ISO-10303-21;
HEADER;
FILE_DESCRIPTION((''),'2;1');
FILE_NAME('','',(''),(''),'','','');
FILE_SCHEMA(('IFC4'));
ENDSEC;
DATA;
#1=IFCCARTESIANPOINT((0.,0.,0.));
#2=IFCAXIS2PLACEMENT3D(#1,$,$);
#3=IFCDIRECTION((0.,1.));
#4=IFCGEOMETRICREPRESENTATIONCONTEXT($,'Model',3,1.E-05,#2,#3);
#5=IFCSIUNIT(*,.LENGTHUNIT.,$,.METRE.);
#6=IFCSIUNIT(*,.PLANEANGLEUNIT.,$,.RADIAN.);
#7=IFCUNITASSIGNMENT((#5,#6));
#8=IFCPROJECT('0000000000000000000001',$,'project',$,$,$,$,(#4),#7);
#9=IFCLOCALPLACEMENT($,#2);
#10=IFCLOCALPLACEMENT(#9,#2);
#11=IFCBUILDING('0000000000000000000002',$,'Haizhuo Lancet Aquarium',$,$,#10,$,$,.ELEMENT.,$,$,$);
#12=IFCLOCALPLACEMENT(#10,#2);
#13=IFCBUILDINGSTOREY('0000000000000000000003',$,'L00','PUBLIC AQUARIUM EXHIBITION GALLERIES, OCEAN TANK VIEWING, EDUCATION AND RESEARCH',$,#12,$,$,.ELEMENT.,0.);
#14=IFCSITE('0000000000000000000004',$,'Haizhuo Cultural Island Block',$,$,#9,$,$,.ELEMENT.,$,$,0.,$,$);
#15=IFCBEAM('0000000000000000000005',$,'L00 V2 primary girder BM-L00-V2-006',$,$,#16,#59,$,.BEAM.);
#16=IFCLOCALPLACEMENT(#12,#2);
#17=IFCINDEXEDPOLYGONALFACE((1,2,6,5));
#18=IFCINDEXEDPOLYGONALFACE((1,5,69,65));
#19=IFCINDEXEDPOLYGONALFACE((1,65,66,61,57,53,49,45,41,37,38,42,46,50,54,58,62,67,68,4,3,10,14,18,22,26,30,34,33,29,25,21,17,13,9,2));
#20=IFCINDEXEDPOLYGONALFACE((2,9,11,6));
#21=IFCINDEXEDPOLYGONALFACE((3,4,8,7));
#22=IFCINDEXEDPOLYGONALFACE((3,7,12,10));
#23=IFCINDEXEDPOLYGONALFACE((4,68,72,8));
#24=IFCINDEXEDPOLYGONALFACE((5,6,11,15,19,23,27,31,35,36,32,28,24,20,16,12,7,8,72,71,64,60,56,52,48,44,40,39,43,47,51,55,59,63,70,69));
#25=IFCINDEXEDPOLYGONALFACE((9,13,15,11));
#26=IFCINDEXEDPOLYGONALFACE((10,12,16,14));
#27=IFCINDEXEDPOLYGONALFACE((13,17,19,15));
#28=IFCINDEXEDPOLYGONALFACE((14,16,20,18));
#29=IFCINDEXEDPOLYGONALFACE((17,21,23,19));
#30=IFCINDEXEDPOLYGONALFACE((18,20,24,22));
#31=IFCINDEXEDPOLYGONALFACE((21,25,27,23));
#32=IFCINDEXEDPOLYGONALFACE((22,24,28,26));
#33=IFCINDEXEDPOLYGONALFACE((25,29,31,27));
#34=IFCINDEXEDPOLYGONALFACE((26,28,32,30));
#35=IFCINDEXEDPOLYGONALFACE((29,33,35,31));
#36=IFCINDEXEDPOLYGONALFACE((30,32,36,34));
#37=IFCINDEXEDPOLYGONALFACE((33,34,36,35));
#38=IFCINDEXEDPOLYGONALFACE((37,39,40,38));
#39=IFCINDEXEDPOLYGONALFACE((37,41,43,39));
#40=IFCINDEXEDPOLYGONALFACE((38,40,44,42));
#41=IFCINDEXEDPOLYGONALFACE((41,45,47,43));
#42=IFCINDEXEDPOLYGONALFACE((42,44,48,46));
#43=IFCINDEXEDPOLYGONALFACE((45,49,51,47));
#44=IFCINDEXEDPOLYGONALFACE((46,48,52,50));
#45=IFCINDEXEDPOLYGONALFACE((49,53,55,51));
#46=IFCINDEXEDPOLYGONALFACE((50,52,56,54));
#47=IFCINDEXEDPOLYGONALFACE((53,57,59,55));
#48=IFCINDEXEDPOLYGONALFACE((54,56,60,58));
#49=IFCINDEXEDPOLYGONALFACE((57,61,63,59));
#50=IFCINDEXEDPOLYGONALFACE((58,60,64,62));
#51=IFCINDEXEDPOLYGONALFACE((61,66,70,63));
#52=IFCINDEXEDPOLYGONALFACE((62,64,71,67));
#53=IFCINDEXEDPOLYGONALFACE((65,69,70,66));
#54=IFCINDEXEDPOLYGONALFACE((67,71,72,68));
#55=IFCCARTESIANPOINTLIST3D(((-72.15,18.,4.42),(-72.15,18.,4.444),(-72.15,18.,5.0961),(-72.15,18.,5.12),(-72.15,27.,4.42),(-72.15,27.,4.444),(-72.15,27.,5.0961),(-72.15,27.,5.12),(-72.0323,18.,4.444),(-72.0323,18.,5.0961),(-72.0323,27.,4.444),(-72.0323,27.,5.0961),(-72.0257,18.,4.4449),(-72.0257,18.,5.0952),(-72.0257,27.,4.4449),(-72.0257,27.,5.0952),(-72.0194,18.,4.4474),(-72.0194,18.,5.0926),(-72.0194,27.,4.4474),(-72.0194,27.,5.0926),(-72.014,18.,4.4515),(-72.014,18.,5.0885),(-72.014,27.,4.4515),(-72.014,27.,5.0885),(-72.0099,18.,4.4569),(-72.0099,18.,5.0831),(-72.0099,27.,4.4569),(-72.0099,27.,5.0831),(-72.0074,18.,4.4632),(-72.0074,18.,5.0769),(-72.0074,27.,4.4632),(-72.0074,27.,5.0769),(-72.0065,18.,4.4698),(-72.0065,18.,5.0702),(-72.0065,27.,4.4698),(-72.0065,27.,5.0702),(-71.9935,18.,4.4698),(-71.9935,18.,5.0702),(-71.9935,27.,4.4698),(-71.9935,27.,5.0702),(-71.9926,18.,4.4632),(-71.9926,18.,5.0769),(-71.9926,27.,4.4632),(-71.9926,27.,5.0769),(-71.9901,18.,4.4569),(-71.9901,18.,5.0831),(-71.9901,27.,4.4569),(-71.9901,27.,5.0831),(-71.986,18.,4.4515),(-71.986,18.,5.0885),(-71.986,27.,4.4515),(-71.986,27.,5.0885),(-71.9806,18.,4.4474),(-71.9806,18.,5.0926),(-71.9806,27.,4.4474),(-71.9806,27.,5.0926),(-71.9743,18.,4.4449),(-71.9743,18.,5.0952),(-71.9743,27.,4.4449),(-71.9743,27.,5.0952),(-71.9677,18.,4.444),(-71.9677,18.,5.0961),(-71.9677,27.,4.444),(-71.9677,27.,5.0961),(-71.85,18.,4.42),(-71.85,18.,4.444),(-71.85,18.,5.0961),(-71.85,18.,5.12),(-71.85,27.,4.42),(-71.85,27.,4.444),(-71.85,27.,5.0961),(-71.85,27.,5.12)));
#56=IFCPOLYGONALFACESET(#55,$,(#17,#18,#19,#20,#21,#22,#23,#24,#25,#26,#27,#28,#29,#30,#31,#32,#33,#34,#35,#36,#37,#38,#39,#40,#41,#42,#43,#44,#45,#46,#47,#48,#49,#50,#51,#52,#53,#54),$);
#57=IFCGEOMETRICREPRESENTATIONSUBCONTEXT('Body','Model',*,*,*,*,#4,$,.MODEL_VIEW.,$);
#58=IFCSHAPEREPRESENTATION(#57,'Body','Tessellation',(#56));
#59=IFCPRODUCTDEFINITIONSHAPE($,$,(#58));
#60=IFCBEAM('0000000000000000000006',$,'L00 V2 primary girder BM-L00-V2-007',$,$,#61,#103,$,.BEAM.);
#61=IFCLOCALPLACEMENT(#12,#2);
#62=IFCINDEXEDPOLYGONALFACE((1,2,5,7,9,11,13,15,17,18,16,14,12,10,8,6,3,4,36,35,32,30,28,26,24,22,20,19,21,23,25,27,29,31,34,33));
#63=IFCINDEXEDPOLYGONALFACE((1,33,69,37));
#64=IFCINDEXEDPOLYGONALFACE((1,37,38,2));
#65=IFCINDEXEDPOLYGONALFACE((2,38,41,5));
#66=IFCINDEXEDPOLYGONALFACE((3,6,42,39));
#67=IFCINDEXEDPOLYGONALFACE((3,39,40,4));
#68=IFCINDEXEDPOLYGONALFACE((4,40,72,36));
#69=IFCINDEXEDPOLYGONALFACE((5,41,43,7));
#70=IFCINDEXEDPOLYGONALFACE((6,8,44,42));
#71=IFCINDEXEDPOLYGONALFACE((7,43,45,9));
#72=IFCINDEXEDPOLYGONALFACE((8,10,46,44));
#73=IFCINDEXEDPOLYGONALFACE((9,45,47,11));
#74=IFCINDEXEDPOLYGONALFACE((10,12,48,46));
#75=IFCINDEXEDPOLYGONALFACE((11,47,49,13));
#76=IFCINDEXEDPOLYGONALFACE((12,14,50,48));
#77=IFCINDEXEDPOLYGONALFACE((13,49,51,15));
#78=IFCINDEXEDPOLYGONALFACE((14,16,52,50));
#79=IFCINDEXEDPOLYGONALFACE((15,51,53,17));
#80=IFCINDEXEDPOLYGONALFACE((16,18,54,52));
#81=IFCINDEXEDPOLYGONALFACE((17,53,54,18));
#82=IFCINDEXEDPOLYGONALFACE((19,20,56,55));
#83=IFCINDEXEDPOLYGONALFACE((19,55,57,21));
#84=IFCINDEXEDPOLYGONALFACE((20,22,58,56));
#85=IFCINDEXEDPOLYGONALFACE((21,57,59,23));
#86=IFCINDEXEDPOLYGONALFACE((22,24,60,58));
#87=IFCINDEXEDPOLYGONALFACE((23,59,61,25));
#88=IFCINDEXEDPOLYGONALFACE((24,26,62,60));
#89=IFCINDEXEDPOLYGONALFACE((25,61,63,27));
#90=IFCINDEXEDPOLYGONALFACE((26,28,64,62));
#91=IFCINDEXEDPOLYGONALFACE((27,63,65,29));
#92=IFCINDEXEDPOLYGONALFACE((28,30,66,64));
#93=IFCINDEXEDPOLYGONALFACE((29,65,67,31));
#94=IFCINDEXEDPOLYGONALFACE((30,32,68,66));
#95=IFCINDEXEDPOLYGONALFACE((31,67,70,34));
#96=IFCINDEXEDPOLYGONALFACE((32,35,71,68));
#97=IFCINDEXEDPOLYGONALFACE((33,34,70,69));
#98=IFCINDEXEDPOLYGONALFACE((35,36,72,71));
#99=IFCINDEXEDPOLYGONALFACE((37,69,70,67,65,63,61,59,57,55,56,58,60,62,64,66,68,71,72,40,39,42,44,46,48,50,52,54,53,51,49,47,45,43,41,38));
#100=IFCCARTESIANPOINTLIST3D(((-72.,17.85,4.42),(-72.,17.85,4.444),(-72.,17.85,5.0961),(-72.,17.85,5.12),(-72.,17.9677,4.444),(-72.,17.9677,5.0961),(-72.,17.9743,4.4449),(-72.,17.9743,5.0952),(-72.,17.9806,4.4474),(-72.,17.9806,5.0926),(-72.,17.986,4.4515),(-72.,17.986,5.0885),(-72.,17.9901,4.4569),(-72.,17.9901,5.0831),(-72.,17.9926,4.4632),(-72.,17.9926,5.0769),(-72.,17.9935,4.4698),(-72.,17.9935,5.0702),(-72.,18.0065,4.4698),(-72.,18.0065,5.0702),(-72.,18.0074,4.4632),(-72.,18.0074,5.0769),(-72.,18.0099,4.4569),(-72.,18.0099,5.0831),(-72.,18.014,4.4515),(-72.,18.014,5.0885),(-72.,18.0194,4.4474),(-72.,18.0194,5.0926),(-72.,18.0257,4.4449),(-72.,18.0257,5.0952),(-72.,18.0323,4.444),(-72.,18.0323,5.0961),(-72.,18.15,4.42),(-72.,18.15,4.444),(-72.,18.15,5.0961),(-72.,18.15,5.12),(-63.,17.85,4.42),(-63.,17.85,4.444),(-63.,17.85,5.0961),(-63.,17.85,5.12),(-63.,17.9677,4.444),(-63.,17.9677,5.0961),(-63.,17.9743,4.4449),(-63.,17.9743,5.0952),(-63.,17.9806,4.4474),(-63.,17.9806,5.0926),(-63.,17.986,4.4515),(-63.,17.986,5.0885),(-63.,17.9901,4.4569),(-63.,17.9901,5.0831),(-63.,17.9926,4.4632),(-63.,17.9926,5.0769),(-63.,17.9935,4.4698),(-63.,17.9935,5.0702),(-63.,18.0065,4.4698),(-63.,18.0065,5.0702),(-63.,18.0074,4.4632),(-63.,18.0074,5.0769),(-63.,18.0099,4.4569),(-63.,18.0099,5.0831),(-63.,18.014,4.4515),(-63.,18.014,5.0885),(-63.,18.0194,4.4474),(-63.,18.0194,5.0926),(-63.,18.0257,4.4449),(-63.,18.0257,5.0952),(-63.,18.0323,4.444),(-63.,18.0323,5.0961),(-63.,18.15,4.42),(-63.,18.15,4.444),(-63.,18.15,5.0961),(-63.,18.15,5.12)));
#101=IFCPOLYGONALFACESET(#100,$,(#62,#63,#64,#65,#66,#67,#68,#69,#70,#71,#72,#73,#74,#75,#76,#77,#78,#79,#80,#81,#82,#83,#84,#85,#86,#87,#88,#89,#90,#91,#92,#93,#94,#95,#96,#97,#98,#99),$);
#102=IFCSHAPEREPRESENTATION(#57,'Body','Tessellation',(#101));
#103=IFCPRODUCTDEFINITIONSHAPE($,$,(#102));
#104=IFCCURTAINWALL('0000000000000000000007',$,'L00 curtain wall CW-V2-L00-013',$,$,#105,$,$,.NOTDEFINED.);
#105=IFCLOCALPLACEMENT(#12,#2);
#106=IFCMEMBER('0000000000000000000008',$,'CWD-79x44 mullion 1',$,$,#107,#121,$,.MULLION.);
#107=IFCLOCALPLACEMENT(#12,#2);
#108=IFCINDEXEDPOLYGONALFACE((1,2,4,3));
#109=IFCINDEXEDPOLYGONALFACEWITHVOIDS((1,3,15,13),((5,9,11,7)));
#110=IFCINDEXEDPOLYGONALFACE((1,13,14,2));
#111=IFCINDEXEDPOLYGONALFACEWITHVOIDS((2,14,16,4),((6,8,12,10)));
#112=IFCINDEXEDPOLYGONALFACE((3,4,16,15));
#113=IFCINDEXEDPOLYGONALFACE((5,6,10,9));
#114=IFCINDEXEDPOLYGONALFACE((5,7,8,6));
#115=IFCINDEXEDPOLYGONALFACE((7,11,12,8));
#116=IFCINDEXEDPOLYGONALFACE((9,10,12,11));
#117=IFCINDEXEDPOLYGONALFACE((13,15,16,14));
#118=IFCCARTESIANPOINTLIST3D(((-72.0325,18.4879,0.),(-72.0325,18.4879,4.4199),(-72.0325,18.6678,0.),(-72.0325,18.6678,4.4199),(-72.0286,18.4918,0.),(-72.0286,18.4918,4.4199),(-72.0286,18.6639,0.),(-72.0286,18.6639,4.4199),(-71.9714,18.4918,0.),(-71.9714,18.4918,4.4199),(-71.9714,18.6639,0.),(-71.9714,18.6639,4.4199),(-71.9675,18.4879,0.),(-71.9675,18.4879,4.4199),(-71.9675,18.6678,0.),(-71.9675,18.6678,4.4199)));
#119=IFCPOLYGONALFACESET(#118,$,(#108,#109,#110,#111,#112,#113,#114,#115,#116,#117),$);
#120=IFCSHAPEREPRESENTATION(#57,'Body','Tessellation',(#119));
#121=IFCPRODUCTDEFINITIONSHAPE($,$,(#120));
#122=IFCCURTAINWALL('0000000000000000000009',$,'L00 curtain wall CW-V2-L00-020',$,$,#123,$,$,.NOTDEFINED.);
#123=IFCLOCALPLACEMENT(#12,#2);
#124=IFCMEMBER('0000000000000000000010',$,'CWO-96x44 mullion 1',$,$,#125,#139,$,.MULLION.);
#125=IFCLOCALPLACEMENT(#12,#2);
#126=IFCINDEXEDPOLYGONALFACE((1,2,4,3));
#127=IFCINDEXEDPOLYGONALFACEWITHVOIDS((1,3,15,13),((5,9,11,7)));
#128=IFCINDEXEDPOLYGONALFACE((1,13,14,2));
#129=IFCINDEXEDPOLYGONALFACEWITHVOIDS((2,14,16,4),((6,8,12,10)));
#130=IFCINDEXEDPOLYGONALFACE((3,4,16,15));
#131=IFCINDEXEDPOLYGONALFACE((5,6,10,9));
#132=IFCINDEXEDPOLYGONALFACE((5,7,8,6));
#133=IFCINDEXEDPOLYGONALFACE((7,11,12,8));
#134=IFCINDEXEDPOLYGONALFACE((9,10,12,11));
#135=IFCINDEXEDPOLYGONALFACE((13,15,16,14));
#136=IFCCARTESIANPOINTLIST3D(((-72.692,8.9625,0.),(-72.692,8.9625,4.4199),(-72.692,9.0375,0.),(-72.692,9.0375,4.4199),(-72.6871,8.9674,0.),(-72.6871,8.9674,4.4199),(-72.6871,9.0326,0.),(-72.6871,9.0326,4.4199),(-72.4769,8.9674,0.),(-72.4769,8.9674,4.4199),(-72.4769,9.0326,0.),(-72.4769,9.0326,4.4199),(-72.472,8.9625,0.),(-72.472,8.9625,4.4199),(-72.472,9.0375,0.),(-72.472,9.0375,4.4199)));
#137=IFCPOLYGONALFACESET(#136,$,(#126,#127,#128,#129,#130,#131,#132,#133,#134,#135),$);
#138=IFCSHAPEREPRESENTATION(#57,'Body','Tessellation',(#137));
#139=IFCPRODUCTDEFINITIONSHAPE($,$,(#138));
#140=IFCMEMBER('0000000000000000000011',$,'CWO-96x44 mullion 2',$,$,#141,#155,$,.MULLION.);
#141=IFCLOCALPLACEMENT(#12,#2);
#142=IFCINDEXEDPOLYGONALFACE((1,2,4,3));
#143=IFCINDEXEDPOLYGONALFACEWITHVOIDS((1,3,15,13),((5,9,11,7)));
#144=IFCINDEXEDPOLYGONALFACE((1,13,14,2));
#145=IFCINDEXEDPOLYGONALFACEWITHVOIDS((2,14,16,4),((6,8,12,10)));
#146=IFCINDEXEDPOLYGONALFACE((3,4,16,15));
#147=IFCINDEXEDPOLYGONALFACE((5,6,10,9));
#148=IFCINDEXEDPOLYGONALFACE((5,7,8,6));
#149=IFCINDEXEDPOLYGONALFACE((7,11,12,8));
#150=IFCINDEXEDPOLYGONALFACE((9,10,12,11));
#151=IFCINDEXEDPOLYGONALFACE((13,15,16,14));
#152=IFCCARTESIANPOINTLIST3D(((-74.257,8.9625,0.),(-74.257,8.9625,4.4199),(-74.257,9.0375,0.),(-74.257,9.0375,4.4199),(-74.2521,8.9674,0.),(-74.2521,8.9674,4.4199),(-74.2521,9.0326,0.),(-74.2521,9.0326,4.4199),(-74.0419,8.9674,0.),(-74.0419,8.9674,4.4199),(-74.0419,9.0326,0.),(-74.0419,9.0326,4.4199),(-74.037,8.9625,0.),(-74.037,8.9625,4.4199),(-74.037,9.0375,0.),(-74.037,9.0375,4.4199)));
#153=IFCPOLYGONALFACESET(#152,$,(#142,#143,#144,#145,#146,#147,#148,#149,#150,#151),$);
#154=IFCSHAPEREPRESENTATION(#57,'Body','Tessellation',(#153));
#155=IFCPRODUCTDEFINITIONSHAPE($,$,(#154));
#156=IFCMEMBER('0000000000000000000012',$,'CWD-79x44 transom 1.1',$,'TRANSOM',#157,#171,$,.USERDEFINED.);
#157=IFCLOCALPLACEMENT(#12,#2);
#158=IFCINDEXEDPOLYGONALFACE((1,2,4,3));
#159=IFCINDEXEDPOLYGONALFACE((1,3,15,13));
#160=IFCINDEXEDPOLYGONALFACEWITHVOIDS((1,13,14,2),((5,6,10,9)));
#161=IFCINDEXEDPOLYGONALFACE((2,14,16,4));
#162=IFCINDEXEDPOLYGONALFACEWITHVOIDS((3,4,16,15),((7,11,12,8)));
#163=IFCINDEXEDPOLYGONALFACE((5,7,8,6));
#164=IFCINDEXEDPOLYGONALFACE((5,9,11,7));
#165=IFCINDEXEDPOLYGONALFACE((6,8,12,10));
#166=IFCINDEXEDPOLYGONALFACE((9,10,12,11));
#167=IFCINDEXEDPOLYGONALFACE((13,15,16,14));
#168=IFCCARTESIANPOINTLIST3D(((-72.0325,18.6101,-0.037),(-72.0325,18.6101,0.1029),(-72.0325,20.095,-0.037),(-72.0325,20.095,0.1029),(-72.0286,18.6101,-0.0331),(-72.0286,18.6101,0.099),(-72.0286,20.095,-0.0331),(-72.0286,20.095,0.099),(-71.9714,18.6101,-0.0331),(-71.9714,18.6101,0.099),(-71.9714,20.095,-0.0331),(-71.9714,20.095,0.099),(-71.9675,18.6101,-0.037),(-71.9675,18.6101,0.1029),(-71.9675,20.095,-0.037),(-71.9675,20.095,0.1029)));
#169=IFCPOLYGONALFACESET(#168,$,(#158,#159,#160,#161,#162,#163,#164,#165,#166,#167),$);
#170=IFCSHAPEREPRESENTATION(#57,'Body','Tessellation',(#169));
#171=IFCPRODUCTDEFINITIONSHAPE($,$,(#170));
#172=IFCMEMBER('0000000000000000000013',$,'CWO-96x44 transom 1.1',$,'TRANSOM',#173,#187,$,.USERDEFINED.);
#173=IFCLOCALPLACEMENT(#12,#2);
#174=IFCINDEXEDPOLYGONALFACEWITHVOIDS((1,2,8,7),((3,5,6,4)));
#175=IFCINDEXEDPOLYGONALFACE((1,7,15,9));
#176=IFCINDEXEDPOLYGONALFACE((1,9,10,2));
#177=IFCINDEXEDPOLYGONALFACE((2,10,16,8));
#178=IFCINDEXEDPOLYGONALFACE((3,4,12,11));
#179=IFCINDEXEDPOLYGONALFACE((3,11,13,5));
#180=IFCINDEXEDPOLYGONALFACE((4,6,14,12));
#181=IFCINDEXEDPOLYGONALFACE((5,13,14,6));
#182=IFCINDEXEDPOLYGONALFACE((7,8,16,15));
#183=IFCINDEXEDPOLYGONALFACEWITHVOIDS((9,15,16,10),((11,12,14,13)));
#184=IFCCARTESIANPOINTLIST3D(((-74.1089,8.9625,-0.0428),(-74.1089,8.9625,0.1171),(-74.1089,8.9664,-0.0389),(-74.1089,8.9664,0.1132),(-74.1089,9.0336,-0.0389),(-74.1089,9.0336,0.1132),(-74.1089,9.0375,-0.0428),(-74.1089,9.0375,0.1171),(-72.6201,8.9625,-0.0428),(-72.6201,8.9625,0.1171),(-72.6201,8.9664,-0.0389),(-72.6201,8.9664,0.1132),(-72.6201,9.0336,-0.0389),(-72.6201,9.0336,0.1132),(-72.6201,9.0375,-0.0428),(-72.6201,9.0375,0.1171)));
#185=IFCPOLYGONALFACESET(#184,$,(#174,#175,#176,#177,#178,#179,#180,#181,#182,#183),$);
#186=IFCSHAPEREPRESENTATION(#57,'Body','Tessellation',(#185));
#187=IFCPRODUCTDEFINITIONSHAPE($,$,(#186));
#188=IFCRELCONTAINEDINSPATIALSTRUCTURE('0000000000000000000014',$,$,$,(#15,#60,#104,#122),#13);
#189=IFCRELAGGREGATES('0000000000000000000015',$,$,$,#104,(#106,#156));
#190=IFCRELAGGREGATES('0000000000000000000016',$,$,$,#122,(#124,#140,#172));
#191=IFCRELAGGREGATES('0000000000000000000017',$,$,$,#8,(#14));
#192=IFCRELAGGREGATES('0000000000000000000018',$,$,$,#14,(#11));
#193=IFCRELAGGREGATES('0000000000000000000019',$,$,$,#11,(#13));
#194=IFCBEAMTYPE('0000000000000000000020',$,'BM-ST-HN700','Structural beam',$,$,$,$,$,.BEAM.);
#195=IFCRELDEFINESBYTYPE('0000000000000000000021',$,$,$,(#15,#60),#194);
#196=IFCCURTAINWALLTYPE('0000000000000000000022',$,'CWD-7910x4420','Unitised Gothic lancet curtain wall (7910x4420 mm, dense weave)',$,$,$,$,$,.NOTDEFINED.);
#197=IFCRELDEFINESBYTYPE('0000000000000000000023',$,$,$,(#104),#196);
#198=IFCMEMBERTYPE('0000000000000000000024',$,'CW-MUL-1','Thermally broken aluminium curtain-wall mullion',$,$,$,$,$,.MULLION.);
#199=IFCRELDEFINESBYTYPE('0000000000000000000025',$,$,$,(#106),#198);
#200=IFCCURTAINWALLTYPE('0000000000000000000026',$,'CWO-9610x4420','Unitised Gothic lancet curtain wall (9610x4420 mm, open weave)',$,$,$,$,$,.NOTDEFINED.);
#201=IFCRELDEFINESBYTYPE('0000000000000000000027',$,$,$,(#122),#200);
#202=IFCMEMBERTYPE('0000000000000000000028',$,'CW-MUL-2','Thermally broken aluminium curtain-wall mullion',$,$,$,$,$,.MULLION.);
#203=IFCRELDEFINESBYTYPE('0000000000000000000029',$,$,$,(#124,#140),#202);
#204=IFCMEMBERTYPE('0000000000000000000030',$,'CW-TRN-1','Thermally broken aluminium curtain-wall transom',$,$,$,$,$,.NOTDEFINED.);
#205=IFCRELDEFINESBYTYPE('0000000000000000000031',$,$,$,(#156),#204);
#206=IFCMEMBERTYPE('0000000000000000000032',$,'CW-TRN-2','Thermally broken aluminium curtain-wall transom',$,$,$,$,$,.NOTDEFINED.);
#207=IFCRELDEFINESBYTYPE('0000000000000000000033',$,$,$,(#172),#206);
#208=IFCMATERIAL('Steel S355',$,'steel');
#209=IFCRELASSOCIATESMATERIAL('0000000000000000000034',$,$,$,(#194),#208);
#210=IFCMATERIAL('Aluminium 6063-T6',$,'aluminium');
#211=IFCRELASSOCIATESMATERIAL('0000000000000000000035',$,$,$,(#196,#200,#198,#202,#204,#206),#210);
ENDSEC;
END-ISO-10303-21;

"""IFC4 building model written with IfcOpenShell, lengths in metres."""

from ifc_helpers import new_model, si_unit, direction, frame, origin, origin_2d, place, context, subcontext, project, spatial, hollow_rectangle, i_section, extrude, material, material_profile, profile_set, type_object, element, aggregate, save


model = new_model("IFC4")

# Units and contexts
model_context = context("Model", 3, precision=1e-05, world=origin(), true_north=direction((0.0, 1.0)))
body_context = subcontext(model_context, "Body", "Model", "MODEL_VIEW")
ifc_project = project(units=[si_unit("LENGTHUNIT", "METRE"), si_unit("PLANEANGLEUNIT", "RADIAN")], contexts=[model_context])

# Site, building, storey
site_placement = place(None, origin())
site = spatial("IfcSite", under=ifc_project, at=site_placement, Name="Haizhuo Cultural Island Block", CompositionType="ELEMENT", RefElevation=0.0)
building_placement = place(site_placement, origin())
building = spatial("IfcBuilding", under=site, at=building_placement, Name="Haizhuo Lancet Aquarium", CompositionType="ELEMENT")
storey_placement = place(building_placement, origin())
storey = spatial("IfcBuildingStorey", under=building, at=storey_placement, Name="L00", Description="PUBLIC AQUARIUM EXHIBITION GALLERIES, OCEAN TANK VIEWING, EDUCATION AND RESEARCH", CompositionType="ELEMENT", Elevation=0.0)

# Beams
ifc_material_1 = material(Name="Steel S355", Category="steel")
ifc_material_profile_1 = material_profile(ifc_material_1, i_section(OverallWidth=0.3, OverallDepth=0.7, WebThickness=0.0129, FlangeThickness=0.0239, FilletRadius=0.0259, at=origin_2d()), Name="HN 700x300x13x24")
ifc_profile_set_1 = profile_set([ifc_material_profile_1], Name="Steel S355")
beam_type_1 = type_object("IfcBeamType", Name="BM-ST-HN700", Description="Structural beam", PredefinedType="BEAM", material=ifc_profile_set_1)
for number, where, z_axis, x_axis, name in (
    (1, (-72.0, 18.0, 4.77), (0.0, 1.0, 0.0), (-1.0, 0.0, 0.0), "L00 V2 primary girder BM-L00-V2-006"),
    (2, (-72.0, 18.0, 4.77), (1.0, 0.0, 0.0), (0.0, 1.0, 0.0), "L00 V2 primary girder BM-L00-V2-007"),
):
    element("IfcBeam", number, at=place(storey_placement, frame(where, z_axis=z_axis, x_axis=x_axis)), inside=storey, type_object=beam_type_1, Name=name, PredefinedType="BEAM", context=body_context, shape_type="SweptSolid", body=[
        extrude(i_section(OverallWidth=0.3, OverallDepth=0.7, WebThickness=0.0129, FlangeThickness=0.0239, FilletRadius=0.0259, at=origin_2d()), origin(), (0.0, 0.0, 1.0), 9.0),
    ])

# Curtain wall, member
ifc_material_2 = material(Name="Aluminium 6063-T6", Category="aluminium")
curtain_wall_type_1 = type_object("IfcCurtainWallType", Name="CWD-7910x4420", Description="Unitised Gothic lancet curtain wall (7910x4420 mm, dense weave)", PredefinedType="NOTDEFINED", material=ifc_material_2)
curtain_wall_1_placement = place(storey_placement, origin())
curtain_wall_1 = element("IfcCurtainWall", 3, at=curtain_wall_1_placement, inside=storey, type_object=curtain_wall_type_1, Name="L00 curtain wall CW-V2-L00-013", PredefinedType="NOTDEFINED")
ifc_material_profile_2 = material_profile(ifc_material_2, hollow_rectangle(XDim=0.0649, YDim=0.1799, WallThickness=0.0039, at=origin_2d()), Name="ALU-M 65x180x4")
ifc_profile_set_2 = profile_set([ifc_material_profile_2], Name="Aluminium 6063-T6")
member_type_1 = type_object("IfcMemberType", Name="CW-MUL-1", Description="Thermally broken aluminium curtain-wall mullion", PredefinedType="MULLION", material=ifc_profile_set_2)
member_1_placement = place(storey_placement, frame((-72.0, 18.5779, 0.0), z_axis=(0.0, 0.0, 1.0), x_axis=(-1.0, 0.0, 0.0)))
member_1 = element("IfcMember", 4, at=member_1_placement, type_object=member_type_1, Name="CWD-79x44 mullion 1", PredefinedType="MULLION", context=body_context, shape_type="SweptSolid", body=[
    extrude(hollow_rectangle(XDim=0.0649, YDim=0.1799, WallThickness=0.0039, at=origin_2d()), origin(), (0.0, 0.0, 1.0), 4.4199),
])

# Curtain wall, members
curtain_wall_type_2 = type_object("IfcCurtainWallType", Name="CWO-9610x4420", Description="Unitised Gothic lancet curtain wall (9610x4420 mm, open weave)", PredefinedType="NOTDEFINED", material=ifc_material_2)
curtain_wall_2_placement = place(storey_placement, origin())
curtain_wall_2 = element("IfcCurtainWall", 5, at=curtain_wall_2_placement, inside=storey, type_object=curtain_wall_type_2, Name="L00 curtain wall CW-V2-L00-020", PredefinedType="NOTDEFINED")
ifc_material_profile_3 = material_profile(ifc_material_2, hollow_rectangle(XDim=0.075, YDim=0.22, WallThickness=0.0049, at=origin_2d()), Name="ALU-M 75x220x5")
ifc_profile_set_3 = profile_set([ifc_material_profile_3], Name="Aluminium 6063-T6")
member_type_2 = type_object("IfcMemberType", Name="CW-MUL-2", Description="Thermally broken aluminium curtain-wall mullion", PredefinedType="MULLION", material=ifc_profile_set_3)
member_2_placement = place(storey_placement, frame((-72.582, 9.0, 0.0), z_axis=(0.0, 0.0, 1.0), x_axis=(0.0, -1.0, 0.0)))
member_2 = element("IfcMember", 6, at=member_2_placement, type_object=member_type_2, Name="CWO-96x44 mullion 1", PredefinedType="MULLION", context=body_context, shape_type="SweptSolid", body=[
    extrude(hollow_rectangle(XDim=0.075, YDim=0.22, WallThickness=0.0049, at=origin_2d()), origin(), (0.0, 0.0, 1.0), 4.4199),
])
member_3_placement = place(storey_placement, frame((-74.147, 9.0, 0.0), z_axis=(0.0, 0.0, 1.0), x_axis=(0.0, -1.0, 0.0)))
member_3 = element("IfcMember", 7, at=member_3_placement, type_object=member_type_2, Name="CWO-96x44 mullion 2", PredefinedType="MULLION", context=body_context, shape_type="SweptSolid", body=[
    extrude(hollow_rectangle(XDim=0.075, YDim=0.22, WallThickness=0.0049, at=origin_2d()), origin(), (0.0, 0.0, 1.0), 4.4199),
])

# Members
ifc_material_profile_4 = material_profile(ifc_material_2, hollow_rectangle(XDim=0.0649, YDim=0.1399, WallThickness=0.0039, at=origin_2d()), Name="ALU-T 65x140x4")
ifc_profile_set_4 = profile_set([ifc_material_profile_4], Name="Aluminium 6063-T6")
member_type_3 = type_object("IfcMemberType", Name="CW-TRN-1", Description="Thermally broken aluminium curtain-wall transom", PredefinedType="NOTDEFINED", material=ifc_profile_set_4)
member_4_placement = place(storey_placement, frame((-72.0, 18.6101, 0.033), z_axis=(0.0, 1.0, 0.0), x_axis=(-1.0, 0.0, 0.0)))
member_4 = element("IfcMember", 8, at=member_4_placement, type_object=member_type_3, Name="CWD-79x44 transom 1.1", ObjectType="TRANSOM", PredefinedType="USERDEFINED", context=body_context, shape_type="SweptSolid", body=[
    extrude(hollow_rectangle(XDim=0.0649, YDim=0.1399, WallThickness=0.0039, at=origin_2d()), origin(), (0.0, 0.0, 1.0), 1.4849),
])
aggregate(curtain_wall_1, [member_1, member_4])
ifc_material_profile_5 = material_profile(ifc_material_2, hollow_rectangle(XDim=0.075, YDim=0.1599, WallThickness=0.0039, at=origin_2d()), Name="ALU-T 75x160x4")
ifc_profile_set_5 = profile_set([ifc_material_profile_5], Name="Aluminium 6063-T6")
member_type_4 = type_object("IfcMemberType", Name="CW-TRN-2", Description="Thermally broken aluminium curtain-wall transom", PredefinedType="NOTDEFINED", material=ifc_profile_set_5)
member_5_placement = place(storey_placement, frame((-72.6201, 9.0, 0.0371), z_axis=(-1.0, 0.0, 0.0), x_axis=(0.0, -1.0, 0.0)))
member_5 = element("IfcMember", 9, at=member_5_placement, type_object=member_type_4, Name="CWO-96x44 transom 1.1", ObjectType="TRANSOM", PredefinedType="USERDEFINED", context=body_context, shape_type="SweptSolid", body=[
    extrude(hollow_rectangle(XDim=0.075, YDim=0.1599, WallThickness=0.0039, at=origin_2d()), origin(), (0.0, 0.0, 1.0), 1.4888),
])

aggregate(curtain_wall_2, [member_2, member_3, member_5])

save(model, "model.ifc")
